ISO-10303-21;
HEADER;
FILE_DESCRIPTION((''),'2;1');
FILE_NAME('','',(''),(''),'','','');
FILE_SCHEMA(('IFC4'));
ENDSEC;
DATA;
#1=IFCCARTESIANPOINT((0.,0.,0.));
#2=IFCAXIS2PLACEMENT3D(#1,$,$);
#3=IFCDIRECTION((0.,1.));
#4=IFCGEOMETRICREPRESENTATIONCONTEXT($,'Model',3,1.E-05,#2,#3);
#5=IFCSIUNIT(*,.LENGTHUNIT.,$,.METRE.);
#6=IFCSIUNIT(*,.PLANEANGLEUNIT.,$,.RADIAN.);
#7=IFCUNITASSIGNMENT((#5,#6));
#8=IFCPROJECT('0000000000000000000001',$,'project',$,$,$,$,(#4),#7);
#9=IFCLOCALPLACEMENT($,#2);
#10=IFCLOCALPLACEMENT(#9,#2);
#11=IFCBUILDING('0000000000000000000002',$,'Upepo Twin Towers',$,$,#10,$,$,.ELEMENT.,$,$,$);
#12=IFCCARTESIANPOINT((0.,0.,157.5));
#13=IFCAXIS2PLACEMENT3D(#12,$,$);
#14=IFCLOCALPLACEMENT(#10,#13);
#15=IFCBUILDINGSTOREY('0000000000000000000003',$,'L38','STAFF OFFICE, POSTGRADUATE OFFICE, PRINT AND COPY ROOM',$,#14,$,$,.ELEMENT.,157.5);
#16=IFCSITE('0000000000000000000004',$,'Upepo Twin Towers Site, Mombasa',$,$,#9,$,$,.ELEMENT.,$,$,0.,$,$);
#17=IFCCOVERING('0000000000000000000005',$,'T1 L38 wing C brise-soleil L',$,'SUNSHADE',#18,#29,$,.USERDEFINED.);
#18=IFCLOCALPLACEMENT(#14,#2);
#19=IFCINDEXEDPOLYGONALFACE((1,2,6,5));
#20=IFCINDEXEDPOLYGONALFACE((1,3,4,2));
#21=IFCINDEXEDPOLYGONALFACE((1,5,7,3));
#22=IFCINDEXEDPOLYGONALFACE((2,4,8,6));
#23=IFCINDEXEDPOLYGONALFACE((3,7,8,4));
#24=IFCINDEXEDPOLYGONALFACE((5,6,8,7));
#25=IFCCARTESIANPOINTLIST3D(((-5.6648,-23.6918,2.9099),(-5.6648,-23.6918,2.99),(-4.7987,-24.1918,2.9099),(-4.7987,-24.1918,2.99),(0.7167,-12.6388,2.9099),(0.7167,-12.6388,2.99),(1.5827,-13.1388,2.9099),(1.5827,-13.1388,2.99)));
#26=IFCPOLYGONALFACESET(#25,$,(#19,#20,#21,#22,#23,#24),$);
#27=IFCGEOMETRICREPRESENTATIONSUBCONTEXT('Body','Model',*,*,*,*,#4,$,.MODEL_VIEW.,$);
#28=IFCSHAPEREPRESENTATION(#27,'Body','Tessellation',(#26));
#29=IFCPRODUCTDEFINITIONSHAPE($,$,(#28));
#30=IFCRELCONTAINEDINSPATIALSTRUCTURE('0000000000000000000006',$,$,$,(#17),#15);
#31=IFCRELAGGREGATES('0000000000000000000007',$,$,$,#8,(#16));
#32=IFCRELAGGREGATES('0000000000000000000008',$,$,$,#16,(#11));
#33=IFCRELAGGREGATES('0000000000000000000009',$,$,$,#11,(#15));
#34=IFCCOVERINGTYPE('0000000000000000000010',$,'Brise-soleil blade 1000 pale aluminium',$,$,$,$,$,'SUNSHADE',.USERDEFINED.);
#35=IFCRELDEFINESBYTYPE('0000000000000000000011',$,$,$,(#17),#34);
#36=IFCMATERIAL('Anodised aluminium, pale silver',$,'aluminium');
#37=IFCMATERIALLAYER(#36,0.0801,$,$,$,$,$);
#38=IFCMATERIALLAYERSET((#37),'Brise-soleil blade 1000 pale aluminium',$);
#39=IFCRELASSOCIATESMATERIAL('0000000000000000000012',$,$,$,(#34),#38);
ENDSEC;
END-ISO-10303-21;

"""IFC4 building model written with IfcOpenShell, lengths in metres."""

from ifc_helpers import new_model, si_unit, direction, frame, origin, origin_2d, place, context, subcontext, project, spatial, rectangle, extrude, material, layer, layer_set, type_object, element, save


model = new_model("IFC4")

# Units and contexts
model_context = context("Model", 3, precision=1e-05, world=origin(), true_north=direction((0.0, 1.0)))
body_context = subcontext(model_context, "Body", "Model", "MODEL_VIEW")
ifc_project = project(units=[si_unit("LENGTHUNIT", "METRE"), si_unit("PLANEANGLEUNIT", "RADIAN")], contexts=[model_context])

# Site, building, storey
site_placement = place(None, origin())
site = spatial("IfcSite", under=ifc_project, at=site_placement, Name="Upepo Twin Towers Site, Mombasa", CompositionType="ELEMENT", RefElevation=0.0)
building_placement = place(site_placement, origin())
building = spatial("IfcBuilding", under=site, at=building_placement, Name="Upepo Twin Towers", CompositionType="ELEMENT")
storey_placement = place(building_placement, frame((0.0, 0.0, 157.5)))
storey = spatial("IfcBuildingStorey", under=building, at=storey_placement, Name="L38", Description="STAFF OFFICE, POSTGRADUATE OFFICE, PRINT AND COPY ROOM", CompositionType="ELEMENT", Elevation=157.5)

# Covering
ifc_material_1 = material(Name="Anodised aluminium, pale silver", Category="aluminium")
ifc_layer_1 = layer(ifc_material_1, 0.0801)
ifc_layer_set_1 = layer_set([ifc_layer_1], Name="Brise-soleil blade 1000 pale aluminium")
covering_type = type_object("IfcCoveringType", Name="Brise-soleil blade 1000 pale aluminium", ElementType="SUNSHADE", PredefinedType="USERDEFINED", material=ifc_layer_set_1)
covering_placement = place(storey_placement, frame((-2.041, -18.4153, 2.9099), z_axis=(0.0, 0.0, 1.0), x_axis=(-0.5, -0.866025, 0.0)))
element("IfcCovering", 1, at=covering_placement, inside=storey, type_object=covering_type, Name="T1 L38 wing C brise-soleil L", ObjectType="SUNSHADE", PredefinedType="USERDEFINED", context=body_context, shape_type="SweptSolid", body=[
    extrude(rectangle(XDim=12.7629, YDim=1.0, at=origin_2d()), origin(), (0.0, 0.0, 1.0), 0.0801),
])

save(model, "model.ifc")
